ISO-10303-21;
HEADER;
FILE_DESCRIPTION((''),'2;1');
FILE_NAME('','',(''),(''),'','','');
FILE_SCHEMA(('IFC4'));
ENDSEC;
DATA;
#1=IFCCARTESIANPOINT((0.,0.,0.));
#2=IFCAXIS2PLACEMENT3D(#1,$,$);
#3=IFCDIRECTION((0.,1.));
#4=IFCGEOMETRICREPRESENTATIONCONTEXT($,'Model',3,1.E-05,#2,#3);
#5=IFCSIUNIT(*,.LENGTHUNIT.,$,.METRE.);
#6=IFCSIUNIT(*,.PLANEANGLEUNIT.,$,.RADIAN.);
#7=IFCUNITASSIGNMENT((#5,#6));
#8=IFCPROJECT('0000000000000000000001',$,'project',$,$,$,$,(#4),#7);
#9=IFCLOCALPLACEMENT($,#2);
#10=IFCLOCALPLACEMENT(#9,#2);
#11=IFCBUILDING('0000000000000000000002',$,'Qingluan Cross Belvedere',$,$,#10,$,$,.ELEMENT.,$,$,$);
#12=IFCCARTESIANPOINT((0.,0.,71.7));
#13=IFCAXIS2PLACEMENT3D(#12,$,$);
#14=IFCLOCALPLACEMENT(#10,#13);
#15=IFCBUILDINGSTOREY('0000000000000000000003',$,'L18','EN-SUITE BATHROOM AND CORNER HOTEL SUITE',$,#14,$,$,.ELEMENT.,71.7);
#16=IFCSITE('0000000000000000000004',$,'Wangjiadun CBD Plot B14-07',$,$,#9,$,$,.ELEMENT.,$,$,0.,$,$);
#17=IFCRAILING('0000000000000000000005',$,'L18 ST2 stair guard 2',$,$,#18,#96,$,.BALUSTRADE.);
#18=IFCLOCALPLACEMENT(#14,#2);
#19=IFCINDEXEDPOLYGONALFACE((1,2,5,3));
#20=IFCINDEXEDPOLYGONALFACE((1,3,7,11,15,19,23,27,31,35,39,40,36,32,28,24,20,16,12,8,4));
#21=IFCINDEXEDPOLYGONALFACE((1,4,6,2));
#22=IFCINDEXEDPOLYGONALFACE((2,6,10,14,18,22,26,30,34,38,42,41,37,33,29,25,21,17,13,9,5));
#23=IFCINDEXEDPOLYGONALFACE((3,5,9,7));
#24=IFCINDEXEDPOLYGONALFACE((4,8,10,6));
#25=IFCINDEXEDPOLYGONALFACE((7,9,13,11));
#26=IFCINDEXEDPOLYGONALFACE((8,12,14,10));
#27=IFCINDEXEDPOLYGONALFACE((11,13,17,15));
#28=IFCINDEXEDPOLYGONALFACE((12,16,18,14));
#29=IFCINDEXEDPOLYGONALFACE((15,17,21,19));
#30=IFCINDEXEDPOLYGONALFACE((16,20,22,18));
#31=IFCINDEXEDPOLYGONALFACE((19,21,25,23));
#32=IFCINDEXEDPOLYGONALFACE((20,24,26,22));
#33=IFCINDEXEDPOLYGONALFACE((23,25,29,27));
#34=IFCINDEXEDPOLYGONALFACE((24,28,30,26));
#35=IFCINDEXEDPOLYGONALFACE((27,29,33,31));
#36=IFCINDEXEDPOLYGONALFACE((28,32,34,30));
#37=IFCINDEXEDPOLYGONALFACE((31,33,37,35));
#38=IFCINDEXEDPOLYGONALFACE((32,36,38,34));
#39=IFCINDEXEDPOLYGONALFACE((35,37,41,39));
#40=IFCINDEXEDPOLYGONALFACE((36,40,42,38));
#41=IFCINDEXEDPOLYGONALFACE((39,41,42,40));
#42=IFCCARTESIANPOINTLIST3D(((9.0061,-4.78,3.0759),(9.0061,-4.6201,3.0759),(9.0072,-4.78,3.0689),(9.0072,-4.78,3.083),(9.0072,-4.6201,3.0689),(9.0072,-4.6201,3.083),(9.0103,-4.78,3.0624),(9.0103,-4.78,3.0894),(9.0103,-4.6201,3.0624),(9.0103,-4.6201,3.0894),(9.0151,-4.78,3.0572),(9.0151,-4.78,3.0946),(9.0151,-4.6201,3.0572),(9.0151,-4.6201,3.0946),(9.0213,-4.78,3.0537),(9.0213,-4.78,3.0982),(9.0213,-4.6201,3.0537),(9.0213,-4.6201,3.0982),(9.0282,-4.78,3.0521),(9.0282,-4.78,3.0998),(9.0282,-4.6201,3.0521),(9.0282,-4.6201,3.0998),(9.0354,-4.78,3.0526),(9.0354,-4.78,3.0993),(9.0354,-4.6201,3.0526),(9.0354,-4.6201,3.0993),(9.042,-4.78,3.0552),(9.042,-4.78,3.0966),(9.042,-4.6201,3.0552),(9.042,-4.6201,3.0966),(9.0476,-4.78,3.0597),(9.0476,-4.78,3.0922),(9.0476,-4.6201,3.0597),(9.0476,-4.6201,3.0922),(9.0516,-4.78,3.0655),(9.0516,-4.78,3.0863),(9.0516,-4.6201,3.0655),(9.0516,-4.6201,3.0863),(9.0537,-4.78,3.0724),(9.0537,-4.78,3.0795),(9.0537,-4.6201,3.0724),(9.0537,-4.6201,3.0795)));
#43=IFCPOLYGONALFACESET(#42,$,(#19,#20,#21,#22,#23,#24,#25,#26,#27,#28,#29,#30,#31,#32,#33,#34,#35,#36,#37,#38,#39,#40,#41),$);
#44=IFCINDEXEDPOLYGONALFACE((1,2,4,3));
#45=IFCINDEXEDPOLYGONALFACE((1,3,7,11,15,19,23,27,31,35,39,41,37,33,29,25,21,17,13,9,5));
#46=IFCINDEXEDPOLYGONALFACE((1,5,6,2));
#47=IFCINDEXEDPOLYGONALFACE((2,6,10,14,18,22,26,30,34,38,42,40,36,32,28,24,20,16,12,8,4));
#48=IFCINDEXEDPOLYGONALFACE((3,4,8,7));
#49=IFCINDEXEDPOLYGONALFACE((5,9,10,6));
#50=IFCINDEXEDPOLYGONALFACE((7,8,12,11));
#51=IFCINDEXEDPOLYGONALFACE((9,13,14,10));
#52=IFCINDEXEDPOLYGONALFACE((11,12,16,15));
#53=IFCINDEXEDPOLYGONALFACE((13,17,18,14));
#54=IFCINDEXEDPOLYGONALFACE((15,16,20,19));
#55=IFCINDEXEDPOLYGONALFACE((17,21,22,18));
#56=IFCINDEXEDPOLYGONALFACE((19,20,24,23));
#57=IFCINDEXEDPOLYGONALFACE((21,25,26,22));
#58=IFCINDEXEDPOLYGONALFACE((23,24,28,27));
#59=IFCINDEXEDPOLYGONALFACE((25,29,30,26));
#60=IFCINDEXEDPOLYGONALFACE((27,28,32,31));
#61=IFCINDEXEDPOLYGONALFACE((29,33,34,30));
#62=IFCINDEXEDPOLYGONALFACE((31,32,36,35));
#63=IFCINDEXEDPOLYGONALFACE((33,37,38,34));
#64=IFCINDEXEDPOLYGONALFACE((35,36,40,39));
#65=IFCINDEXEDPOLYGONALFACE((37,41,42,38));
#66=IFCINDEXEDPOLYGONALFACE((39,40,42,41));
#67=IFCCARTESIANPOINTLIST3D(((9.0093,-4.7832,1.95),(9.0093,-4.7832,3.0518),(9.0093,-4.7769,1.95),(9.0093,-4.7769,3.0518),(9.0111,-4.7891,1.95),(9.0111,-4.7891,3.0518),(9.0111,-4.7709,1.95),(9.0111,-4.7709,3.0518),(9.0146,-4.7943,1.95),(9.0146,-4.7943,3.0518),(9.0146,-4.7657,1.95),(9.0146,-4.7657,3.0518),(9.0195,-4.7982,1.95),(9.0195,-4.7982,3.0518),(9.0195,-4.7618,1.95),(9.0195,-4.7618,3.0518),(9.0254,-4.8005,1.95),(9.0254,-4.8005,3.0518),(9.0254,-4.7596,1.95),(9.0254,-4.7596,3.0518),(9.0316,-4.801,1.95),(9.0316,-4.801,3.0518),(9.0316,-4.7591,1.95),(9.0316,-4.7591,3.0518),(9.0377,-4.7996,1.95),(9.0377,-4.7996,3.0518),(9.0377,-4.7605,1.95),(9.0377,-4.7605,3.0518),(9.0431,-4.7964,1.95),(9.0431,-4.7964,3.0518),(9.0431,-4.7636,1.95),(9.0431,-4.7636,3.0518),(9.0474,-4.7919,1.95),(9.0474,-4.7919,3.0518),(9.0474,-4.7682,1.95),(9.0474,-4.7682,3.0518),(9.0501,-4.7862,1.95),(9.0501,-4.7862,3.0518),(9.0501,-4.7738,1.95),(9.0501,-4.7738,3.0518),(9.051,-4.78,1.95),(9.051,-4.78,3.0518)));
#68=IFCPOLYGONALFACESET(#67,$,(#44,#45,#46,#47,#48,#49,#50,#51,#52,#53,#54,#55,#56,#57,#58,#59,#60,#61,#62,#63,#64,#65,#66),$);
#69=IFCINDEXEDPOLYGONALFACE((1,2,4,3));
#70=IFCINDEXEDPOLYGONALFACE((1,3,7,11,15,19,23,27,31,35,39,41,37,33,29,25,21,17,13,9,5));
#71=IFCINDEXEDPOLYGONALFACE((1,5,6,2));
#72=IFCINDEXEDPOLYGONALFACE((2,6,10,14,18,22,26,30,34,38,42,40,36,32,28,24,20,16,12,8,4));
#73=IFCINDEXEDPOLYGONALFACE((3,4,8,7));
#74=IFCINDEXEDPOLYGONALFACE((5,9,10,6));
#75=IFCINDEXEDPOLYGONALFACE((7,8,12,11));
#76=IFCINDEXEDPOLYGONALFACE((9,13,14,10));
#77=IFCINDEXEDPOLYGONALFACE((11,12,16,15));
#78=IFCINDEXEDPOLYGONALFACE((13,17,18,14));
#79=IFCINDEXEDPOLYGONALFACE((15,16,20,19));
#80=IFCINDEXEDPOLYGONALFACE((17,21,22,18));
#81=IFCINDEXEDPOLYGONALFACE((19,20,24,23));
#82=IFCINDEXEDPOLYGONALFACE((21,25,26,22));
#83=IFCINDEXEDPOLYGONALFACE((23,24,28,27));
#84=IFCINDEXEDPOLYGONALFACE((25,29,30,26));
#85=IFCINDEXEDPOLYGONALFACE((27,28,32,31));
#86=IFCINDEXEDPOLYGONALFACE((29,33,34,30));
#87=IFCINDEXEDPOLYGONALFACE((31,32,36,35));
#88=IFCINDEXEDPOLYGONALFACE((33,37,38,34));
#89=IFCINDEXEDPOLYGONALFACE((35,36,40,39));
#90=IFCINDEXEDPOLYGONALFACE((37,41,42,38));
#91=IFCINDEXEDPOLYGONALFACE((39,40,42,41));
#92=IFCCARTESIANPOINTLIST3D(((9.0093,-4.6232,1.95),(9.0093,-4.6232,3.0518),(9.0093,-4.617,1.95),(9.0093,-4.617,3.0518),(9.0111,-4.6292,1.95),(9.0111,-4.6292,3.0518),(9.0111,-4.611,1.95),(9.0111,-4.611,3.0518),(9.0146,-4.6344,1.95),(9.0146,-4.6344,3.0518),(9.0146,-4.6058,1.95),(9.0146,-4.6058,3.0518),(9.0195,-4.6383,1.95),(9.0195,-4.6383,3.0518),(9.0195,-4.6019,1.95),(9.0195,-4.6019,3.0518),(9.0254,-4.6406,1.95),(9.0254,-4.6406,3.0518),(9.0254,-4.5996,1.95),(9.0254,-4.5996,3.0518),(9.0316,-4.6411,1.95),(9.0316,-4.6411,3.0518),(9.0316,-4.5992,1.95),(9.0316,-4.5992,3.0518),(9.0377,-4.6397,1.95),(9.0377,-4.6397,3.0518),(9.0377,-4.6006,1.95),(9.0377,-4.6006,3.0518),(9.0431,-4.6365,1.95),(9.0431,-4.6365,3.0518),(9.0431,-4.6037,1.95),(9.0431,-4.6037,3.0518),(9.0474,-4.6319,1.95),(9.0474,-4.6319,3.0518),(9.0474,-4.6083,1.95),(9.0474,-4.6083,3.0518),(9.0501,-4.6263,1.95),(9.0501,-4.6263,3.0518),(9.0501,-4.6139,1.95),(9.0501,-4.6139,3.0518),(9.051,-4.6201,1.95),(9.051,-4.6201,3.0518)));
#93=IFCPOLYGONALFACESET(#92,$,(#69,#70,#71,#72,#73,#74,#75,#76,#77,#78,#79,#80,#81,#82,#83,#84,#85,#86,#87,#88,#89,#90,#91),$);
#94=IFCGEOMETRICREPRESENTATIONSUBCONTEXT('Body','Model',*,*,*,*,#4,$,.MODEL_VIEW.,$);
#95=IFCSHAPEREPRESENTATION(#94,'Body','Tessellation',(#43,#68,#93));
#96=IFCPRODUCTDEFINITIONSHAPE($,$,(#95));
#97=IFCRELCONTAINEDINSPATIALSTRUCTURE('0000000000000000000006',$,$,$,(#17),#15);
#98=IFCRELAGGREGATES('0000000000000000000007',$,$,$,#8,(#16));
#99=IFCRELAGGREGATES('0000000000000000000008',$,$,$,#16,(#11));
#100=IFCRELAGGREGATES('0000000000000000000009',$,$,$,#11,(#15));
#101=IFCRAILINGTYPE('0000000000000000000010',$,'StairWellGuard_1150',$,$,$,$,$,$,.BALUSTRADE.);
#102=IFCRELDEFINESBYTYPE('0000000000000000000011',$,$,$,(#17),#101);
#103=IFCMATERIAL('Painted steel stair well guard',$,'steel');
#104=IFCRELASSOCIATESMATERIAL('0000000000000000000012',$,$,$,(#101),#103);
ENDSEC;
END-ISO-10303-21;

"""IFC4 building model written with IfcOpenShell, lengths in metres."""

from ifc_helpers import new_model, si_unit, direction, frame, origin, origin_2d, place, context, subcontext, project, spatial, circle, extrude, material, type_object, element, save


model = new_model("IFC4")

# Units and contexts
model_context = context("Model", 3, precision=1e-05, world=origin(), true_north=direction((0.0, 1.0)))
body_context = subcontext(model_context, "Body", "Model", "MODEL_VIEW")
ifc_project = project(units=[si_unit("LENGTHUNIT", "METRE"), si_unit("PLANEANGLEUNIT", "RADIAN")], contexts=[model_context])

# Site, building, storey
site_placement = place(None, origin())
site = spatial("IfcSite", under=ifc_project, at=site_placement, Name="Wangjiadun CBD Plot B14-07", CompositionType="ELEMENT", RefElevation=0.0)
building_placement = place(site_placement, origin())
building = spatial("IfcBuilding", under=site, at=building_placement, Name="Qingluan Cross Belvedere", CompositionType="ELEMENT")
storey_placement = place(building_placement, frame((0.0, 0.0, 71.7)))
storey = spatial("IfcBuildingStorey", under=building, at=storey_placement, Name="L18", Description="EN-SUITE BATHROOM AND CORNER HOTEL SUITE", CompositionType="ELEMENT", Elevation=71.7)

# Railing
ifc_material_1 = material(Name="Painted steel stair well guard", Category="steel")
railing_type_1 = type_object("IfcRailingType", Name="StairWellGuard_1150", PredefinedType="BALUSTRADE", material=ifc_material_1)
railing_1_placement = place(storey_placement, frame((9.03, -4.78, 1.95)))
element("IfcRailing", 1, at=railing_1_placement, inside=storey, type_object=railing_type_1, Name="L18 ST2 stair guard 2", PredefinedType="BALUSTRADE", context=body_context, shape_type="SweptSolid", body=[
    extrude(circle(Radius=0.0239, at=origin_2d()), frame((0.0, 0.0, 1.126), z_axis=(0.0, 1.0, 0.0), x_axis=(-1.0, 0.0, 0.0)), (0.0, 0.0, 1.0), 0.1599),
    extrude(circle(Radius=0.021, at=origin_2d()), origin(), (0.0, 0.0, 1.0), 1.1018),
    extrude(circle(Radius=0.021, at=origin_2d()), frame((0.0, 0.1599, 0.0)), (0.0, 0.0, 1.0), 1.1018),
])

save(model, "model.ifc")
